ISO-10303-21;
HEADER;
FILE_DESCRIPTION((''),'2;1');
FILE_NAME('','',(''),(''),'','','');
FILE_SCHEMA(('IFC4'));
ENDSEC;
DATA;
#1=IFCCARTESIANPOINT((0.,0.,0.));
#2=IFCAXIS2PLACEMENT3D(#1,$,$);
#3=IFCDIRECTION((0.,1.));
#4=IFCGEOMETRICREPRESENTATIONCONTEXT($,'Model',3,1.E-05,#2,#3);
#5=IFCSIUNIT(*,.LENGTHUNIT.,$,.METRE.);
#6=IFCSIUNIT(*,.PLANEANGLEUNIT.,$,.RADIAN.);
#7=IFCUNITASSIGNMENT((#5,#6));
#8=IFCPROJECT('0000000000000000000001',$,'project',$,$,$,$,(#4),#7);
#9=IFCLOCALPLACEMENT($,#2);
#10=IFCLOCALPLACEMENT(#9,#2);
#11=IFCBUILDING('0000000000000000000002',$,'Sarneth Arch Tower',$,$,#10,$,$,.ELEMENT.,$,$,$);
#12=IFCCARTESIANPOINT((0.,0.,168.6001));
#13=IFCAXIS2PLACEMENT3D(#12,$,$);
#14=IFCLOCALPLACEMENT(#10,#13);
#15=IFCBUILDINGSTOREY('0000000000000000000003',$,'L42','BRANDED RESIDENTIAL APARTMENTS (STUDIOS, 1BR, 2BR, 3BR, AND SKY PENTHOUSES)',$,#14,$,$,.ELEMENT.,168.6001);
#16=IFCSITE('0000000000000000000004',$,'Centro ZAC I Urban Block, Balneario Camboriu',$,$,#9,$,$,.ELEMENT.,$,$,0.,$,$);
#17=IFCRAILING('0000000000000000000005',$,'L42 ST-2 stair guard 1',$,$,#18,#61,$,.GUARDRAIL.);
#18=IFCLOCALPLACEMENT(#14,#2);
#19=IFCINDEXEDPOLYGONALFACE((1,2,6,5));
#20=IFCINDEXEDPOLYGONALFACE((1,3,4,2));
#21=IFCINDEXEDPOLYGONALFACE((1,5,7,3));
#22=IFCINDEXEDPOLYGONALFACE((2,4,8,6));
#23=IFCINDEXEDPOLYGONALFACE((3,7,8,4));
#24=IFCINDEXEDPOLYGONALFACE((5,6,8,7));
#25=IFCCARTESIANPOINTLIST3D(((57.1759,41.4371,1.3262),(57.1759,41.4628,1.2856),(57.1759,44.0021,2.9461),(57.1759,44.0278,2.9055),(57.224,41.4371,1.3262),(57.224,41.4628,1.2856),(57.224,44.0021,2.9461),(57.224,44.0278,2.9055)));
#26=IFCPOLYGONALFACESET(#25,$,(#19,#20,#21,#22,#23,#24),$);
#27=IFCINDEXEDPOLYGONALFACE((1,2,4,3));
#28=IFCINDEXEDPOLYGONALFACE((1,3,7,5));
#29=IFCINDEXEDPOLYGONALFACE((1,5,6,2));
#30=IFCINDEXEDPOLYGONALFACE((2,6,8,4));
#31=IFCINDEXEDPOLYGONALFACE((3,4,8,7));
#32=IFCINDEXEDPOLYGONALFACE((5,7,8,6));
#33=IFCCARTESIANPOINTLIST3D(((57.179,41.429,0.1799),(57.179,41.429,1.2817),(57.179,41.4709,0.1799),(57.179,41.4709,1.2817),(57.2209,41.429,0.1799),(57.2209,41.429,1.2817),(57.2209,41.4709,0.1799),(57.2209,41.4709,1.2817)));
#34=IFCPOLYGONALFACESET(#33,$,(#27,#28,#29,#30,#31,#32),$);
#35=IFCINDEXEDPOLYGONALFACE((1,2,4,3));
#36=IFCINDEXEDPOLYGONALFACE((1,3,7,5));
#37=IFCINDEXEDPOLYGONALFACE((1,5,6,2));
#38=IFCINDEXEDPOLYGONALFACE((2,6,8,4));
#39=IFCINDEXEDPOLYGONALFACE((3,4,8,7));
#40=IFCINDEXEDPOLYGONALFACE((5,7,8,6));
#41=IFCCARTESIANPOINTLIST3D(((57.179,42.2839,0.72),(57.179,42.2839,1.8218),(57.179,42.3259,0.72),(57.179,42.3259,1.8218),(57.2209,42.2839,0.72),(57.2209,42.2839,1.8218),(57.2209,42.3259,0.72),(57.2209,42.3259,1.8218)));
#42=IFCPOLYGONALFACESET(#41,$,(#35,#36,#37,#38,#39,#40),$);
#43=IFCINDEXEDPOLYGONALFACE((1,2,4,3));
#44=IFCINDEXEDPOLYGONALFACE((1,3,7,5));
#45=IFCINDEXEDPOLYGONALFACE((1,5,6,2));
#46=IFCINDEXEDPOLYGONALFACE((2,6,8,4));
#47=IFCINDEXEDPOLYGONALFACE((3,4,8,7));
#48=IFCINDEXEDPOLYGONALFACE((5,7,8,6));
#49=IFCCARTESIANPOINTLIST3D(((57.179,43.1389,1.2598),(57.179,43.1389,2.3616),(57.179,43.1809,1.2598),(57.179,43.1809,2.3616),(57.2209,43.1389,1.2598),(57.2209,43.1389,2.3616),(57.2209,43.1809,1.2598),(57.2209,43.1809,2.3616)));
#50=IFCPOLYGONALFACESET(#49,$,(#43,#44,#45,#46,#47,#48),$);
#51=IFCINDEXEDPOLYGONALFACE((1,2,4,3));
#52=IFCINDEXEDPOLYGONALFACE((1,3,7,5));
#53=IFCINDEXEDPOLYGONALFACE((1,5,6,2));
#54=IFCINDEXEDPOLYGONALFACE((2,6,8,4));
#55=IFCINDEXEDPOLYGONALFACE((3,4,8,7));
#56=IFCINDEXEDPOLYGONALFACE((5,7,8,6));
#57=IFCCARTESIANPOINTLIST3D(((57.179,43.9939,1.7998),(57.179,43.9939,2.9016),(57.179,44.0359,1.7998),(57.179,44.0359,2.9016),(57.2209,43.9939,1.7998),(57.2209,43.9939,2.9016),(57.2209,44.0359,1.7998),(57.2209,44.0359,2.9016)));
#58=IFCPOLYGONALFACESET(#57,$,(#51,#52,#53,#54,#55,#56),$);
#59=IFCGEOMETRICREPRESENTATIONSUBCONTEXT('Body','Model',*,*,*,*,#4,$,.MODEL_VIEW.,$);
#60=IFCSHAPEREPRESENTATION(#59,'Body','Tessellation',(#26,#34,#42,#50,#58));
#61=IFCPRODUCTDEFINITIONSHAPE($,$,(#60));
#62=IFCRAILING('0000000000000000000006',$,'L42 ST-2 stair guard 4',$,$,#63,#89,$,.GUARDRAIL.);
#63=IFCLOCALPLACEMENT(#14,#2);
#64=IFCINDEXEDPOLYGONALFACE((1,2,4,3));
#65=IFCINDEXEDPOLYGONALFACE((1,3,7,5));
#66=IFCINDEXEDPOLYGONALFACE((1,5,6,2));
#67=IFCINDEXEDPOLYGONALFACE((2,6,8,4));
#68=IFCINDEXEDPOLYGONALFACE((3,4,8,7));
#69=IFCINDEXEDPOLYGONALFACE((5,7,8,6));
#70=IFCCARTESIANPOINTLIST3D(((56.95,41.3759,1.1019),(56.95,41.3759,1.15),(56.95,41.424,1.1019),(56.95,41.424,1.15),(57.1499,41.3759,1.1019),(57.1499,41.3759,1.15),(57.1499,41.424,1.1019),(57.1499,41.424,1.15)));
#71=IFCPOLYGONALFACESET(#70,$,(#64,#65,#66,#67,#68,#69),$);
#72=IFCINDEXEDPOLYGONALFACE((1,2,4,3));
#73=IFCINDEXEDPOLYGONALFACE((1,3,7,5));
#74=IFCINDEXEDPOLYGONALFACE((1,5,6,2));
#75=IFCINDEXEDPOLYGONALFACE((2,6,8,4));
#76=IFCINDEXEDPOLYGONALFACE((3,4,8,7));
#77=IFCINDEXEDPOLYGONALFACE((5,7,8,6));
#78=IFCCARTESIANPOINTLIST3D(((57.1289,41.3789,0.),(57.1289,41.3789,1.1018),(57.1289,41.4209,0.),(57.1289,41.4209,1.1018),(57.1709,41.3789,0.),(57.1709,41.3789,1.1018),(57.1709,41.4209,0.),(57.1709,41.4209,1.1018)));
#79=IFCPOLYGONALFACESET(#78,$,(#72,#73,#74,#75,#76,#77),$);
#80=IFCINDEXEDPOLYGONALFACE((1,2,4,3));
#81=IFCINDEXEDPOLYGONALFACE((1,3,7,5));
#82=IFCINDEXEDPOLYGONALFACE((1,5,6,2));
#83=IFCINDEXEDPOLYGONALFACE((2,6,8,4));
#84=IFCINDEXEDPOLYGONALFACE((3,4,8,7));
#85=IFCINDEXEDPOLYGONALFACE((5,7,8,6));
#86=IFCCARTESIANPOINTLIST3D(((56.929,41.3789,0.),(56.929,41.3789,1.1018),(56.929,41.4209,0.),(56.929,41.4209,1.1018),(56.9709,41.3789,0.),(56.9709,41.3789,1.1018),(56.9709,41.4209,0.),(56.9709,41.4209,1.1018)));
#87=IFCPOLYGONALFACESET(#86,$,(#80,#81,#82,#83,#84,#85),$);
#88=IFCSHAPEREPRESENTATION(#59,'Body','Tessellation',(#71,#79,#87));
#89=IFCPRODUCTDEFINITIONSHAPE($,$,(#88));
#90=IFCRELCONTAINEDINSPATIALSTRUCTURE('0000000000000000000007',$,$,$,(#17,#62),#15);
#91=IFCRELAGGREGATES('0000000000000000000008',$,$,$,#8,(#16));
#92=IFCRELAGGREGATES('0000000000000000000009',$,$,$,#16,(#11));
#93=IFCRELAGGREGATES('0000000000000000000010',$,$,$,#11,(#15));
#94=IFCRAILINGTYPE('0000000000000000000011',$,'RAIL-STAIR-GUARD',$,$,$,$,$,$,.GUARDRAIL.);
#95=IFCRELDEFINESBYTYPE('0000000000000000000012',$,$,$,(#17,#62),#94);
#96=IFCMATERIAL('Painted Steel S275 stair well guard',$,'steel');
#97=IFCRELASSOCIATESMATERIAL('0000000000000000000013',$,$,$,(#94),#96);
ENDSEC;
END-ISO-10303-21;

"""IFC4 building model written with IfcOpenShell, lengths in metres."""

from ifc_helpers import new_model, si_unit, direction, frame, origin, origin_2d, place, context, subcontext, project, spatial, rectangle, extrude, material, type_object, element, save


model = new_model("IFC4")

# Units and contexts
model_context = context("Model", 3, precision=1e-05, world=origin(), true_north=direction((0.0, 1.0)))
body_context = subcontext(model_context, "Body", "Model", "MODEL_VIEW")
ifc_project = project(units=[si_unit("LENGTHUNIT", "METRE"), si_unit("PLANEANGLEUNIT", "RADIAN")], contexts=[model_context])

# Site, building, storey
site_placement = place(None, origin())
site = spatial("IfcSite", under=ifc_project, at=site_placement, Name="Centro ZAC I Urban Block, Balneario Camboriu", CompositionType="ELEMENT", RefElevation=0.0)
building_placement = place(site_placement, origin())
building = spatial("IfcBuilding", under=site, at=building_placement, Name="Sarneth Arch Tower", CompositionType="ELEMENT")
storey_placement = place(building_placement, frame((0.0, 0.0, 168.6001)))
storey = spatial("IfcBuildingStorey", under=building, at=storey_placement, Name="L42", Description="BRANDED RESIDENTIAL APARTMENTS (STUDIOS, 1BR, 2BR, 3BR, AND SKY PENTHOUSES)", CompositionType="ELEMENT", Elevation=168.6001)

# Railings
ifc_material_1 = material(Name="Painted Steel S275 stair well guard", Category="steel")
railing_type_1 = type_object("IfcRailingType", Name="RAIL-STAIR-GUARD", PredefinedType="GUARDRAIL", material=ifc_material_1)
railing_1_placement = place(storey_placement, frame((57.2, 41.45, 0.1799)))
element("IfcRailing", 1, at=railing_1_placement, inside=storey, type_object=railing_type_1, Name="L42 ST-2 stair guard 1", PredefinedType="GUARDRAIL", context=body_context, shape_type="SweptSolid", body=[
    extrude(rectangle(XDim=0.0481, YDim=0.0481, at=origin_2d()), frame((0.0, 0.0, 1.126), z_axis=(0.0, 0.845502, 0.533972), x_axis=(-1.0, 0.0, 0.0)), (0.0, 0.0, 1.0), 3.0337),
    extrude(rectangle(XDim=0.042, YDim=0.042, at=origin_2d()), origin(), (0.0, 0.0, 1.0), 1.1018),
    extrude(rectangle(XDim=0.042, YDim=0.042, at=origin_2d()), frame((0.0, 0.855, 0.54)), (0.0, 0.0, 1.0), 1.1018),
    extrude(rectangle(XDim=0.042, YDim=0.042, at=origin_2d()), frame((0.0, 1.71, 1.0798)), (0.0, 0.0, 1.0), 1.1018),
    extrude(rectangle(XDim=0.042, YDim=0.042, at=origin_2d()), frame((0.0, 2.5649, 1.6199)), (0.0, 0.0, 1.0), 1.1018),
])
railing_2_placement = place(storey_placement, frame((57.1499, 41.3999, 0.0)))
element("IfcRailing", 2, at=railing_2_placement, inside=storey, type_object=railing_type_1, Name="L42 ST-2 stair guard 4", PredefinedType="GUARDRAIL", context=body_context, shape_type="SweptSolid", body=[
    extrude(rectangle(XDim=0.0481, YDim=0.0481, at=origin_2d()), frame((0.0, 0.0, 1.126), z_axis=(-1.0, 0.0, 0.0), x_axis=(0.0, -1.0, 0.0)), (0.0, 0.0, 1.0), 0.2),
    extrude(rectangle(XDim=0.042, YDim=0.042, at=origin_2d()), origin(), (0.0, 0.0, 1.0), 1.1018),
    extrude(rectangle(XDim=0.042, YDim=0.042, at=origin_2d()), frame((-0.2, 0.0, 0.0)), (0.0, 0.0, 1.0), 1.1018),
])

save(model, "model.ifc")
